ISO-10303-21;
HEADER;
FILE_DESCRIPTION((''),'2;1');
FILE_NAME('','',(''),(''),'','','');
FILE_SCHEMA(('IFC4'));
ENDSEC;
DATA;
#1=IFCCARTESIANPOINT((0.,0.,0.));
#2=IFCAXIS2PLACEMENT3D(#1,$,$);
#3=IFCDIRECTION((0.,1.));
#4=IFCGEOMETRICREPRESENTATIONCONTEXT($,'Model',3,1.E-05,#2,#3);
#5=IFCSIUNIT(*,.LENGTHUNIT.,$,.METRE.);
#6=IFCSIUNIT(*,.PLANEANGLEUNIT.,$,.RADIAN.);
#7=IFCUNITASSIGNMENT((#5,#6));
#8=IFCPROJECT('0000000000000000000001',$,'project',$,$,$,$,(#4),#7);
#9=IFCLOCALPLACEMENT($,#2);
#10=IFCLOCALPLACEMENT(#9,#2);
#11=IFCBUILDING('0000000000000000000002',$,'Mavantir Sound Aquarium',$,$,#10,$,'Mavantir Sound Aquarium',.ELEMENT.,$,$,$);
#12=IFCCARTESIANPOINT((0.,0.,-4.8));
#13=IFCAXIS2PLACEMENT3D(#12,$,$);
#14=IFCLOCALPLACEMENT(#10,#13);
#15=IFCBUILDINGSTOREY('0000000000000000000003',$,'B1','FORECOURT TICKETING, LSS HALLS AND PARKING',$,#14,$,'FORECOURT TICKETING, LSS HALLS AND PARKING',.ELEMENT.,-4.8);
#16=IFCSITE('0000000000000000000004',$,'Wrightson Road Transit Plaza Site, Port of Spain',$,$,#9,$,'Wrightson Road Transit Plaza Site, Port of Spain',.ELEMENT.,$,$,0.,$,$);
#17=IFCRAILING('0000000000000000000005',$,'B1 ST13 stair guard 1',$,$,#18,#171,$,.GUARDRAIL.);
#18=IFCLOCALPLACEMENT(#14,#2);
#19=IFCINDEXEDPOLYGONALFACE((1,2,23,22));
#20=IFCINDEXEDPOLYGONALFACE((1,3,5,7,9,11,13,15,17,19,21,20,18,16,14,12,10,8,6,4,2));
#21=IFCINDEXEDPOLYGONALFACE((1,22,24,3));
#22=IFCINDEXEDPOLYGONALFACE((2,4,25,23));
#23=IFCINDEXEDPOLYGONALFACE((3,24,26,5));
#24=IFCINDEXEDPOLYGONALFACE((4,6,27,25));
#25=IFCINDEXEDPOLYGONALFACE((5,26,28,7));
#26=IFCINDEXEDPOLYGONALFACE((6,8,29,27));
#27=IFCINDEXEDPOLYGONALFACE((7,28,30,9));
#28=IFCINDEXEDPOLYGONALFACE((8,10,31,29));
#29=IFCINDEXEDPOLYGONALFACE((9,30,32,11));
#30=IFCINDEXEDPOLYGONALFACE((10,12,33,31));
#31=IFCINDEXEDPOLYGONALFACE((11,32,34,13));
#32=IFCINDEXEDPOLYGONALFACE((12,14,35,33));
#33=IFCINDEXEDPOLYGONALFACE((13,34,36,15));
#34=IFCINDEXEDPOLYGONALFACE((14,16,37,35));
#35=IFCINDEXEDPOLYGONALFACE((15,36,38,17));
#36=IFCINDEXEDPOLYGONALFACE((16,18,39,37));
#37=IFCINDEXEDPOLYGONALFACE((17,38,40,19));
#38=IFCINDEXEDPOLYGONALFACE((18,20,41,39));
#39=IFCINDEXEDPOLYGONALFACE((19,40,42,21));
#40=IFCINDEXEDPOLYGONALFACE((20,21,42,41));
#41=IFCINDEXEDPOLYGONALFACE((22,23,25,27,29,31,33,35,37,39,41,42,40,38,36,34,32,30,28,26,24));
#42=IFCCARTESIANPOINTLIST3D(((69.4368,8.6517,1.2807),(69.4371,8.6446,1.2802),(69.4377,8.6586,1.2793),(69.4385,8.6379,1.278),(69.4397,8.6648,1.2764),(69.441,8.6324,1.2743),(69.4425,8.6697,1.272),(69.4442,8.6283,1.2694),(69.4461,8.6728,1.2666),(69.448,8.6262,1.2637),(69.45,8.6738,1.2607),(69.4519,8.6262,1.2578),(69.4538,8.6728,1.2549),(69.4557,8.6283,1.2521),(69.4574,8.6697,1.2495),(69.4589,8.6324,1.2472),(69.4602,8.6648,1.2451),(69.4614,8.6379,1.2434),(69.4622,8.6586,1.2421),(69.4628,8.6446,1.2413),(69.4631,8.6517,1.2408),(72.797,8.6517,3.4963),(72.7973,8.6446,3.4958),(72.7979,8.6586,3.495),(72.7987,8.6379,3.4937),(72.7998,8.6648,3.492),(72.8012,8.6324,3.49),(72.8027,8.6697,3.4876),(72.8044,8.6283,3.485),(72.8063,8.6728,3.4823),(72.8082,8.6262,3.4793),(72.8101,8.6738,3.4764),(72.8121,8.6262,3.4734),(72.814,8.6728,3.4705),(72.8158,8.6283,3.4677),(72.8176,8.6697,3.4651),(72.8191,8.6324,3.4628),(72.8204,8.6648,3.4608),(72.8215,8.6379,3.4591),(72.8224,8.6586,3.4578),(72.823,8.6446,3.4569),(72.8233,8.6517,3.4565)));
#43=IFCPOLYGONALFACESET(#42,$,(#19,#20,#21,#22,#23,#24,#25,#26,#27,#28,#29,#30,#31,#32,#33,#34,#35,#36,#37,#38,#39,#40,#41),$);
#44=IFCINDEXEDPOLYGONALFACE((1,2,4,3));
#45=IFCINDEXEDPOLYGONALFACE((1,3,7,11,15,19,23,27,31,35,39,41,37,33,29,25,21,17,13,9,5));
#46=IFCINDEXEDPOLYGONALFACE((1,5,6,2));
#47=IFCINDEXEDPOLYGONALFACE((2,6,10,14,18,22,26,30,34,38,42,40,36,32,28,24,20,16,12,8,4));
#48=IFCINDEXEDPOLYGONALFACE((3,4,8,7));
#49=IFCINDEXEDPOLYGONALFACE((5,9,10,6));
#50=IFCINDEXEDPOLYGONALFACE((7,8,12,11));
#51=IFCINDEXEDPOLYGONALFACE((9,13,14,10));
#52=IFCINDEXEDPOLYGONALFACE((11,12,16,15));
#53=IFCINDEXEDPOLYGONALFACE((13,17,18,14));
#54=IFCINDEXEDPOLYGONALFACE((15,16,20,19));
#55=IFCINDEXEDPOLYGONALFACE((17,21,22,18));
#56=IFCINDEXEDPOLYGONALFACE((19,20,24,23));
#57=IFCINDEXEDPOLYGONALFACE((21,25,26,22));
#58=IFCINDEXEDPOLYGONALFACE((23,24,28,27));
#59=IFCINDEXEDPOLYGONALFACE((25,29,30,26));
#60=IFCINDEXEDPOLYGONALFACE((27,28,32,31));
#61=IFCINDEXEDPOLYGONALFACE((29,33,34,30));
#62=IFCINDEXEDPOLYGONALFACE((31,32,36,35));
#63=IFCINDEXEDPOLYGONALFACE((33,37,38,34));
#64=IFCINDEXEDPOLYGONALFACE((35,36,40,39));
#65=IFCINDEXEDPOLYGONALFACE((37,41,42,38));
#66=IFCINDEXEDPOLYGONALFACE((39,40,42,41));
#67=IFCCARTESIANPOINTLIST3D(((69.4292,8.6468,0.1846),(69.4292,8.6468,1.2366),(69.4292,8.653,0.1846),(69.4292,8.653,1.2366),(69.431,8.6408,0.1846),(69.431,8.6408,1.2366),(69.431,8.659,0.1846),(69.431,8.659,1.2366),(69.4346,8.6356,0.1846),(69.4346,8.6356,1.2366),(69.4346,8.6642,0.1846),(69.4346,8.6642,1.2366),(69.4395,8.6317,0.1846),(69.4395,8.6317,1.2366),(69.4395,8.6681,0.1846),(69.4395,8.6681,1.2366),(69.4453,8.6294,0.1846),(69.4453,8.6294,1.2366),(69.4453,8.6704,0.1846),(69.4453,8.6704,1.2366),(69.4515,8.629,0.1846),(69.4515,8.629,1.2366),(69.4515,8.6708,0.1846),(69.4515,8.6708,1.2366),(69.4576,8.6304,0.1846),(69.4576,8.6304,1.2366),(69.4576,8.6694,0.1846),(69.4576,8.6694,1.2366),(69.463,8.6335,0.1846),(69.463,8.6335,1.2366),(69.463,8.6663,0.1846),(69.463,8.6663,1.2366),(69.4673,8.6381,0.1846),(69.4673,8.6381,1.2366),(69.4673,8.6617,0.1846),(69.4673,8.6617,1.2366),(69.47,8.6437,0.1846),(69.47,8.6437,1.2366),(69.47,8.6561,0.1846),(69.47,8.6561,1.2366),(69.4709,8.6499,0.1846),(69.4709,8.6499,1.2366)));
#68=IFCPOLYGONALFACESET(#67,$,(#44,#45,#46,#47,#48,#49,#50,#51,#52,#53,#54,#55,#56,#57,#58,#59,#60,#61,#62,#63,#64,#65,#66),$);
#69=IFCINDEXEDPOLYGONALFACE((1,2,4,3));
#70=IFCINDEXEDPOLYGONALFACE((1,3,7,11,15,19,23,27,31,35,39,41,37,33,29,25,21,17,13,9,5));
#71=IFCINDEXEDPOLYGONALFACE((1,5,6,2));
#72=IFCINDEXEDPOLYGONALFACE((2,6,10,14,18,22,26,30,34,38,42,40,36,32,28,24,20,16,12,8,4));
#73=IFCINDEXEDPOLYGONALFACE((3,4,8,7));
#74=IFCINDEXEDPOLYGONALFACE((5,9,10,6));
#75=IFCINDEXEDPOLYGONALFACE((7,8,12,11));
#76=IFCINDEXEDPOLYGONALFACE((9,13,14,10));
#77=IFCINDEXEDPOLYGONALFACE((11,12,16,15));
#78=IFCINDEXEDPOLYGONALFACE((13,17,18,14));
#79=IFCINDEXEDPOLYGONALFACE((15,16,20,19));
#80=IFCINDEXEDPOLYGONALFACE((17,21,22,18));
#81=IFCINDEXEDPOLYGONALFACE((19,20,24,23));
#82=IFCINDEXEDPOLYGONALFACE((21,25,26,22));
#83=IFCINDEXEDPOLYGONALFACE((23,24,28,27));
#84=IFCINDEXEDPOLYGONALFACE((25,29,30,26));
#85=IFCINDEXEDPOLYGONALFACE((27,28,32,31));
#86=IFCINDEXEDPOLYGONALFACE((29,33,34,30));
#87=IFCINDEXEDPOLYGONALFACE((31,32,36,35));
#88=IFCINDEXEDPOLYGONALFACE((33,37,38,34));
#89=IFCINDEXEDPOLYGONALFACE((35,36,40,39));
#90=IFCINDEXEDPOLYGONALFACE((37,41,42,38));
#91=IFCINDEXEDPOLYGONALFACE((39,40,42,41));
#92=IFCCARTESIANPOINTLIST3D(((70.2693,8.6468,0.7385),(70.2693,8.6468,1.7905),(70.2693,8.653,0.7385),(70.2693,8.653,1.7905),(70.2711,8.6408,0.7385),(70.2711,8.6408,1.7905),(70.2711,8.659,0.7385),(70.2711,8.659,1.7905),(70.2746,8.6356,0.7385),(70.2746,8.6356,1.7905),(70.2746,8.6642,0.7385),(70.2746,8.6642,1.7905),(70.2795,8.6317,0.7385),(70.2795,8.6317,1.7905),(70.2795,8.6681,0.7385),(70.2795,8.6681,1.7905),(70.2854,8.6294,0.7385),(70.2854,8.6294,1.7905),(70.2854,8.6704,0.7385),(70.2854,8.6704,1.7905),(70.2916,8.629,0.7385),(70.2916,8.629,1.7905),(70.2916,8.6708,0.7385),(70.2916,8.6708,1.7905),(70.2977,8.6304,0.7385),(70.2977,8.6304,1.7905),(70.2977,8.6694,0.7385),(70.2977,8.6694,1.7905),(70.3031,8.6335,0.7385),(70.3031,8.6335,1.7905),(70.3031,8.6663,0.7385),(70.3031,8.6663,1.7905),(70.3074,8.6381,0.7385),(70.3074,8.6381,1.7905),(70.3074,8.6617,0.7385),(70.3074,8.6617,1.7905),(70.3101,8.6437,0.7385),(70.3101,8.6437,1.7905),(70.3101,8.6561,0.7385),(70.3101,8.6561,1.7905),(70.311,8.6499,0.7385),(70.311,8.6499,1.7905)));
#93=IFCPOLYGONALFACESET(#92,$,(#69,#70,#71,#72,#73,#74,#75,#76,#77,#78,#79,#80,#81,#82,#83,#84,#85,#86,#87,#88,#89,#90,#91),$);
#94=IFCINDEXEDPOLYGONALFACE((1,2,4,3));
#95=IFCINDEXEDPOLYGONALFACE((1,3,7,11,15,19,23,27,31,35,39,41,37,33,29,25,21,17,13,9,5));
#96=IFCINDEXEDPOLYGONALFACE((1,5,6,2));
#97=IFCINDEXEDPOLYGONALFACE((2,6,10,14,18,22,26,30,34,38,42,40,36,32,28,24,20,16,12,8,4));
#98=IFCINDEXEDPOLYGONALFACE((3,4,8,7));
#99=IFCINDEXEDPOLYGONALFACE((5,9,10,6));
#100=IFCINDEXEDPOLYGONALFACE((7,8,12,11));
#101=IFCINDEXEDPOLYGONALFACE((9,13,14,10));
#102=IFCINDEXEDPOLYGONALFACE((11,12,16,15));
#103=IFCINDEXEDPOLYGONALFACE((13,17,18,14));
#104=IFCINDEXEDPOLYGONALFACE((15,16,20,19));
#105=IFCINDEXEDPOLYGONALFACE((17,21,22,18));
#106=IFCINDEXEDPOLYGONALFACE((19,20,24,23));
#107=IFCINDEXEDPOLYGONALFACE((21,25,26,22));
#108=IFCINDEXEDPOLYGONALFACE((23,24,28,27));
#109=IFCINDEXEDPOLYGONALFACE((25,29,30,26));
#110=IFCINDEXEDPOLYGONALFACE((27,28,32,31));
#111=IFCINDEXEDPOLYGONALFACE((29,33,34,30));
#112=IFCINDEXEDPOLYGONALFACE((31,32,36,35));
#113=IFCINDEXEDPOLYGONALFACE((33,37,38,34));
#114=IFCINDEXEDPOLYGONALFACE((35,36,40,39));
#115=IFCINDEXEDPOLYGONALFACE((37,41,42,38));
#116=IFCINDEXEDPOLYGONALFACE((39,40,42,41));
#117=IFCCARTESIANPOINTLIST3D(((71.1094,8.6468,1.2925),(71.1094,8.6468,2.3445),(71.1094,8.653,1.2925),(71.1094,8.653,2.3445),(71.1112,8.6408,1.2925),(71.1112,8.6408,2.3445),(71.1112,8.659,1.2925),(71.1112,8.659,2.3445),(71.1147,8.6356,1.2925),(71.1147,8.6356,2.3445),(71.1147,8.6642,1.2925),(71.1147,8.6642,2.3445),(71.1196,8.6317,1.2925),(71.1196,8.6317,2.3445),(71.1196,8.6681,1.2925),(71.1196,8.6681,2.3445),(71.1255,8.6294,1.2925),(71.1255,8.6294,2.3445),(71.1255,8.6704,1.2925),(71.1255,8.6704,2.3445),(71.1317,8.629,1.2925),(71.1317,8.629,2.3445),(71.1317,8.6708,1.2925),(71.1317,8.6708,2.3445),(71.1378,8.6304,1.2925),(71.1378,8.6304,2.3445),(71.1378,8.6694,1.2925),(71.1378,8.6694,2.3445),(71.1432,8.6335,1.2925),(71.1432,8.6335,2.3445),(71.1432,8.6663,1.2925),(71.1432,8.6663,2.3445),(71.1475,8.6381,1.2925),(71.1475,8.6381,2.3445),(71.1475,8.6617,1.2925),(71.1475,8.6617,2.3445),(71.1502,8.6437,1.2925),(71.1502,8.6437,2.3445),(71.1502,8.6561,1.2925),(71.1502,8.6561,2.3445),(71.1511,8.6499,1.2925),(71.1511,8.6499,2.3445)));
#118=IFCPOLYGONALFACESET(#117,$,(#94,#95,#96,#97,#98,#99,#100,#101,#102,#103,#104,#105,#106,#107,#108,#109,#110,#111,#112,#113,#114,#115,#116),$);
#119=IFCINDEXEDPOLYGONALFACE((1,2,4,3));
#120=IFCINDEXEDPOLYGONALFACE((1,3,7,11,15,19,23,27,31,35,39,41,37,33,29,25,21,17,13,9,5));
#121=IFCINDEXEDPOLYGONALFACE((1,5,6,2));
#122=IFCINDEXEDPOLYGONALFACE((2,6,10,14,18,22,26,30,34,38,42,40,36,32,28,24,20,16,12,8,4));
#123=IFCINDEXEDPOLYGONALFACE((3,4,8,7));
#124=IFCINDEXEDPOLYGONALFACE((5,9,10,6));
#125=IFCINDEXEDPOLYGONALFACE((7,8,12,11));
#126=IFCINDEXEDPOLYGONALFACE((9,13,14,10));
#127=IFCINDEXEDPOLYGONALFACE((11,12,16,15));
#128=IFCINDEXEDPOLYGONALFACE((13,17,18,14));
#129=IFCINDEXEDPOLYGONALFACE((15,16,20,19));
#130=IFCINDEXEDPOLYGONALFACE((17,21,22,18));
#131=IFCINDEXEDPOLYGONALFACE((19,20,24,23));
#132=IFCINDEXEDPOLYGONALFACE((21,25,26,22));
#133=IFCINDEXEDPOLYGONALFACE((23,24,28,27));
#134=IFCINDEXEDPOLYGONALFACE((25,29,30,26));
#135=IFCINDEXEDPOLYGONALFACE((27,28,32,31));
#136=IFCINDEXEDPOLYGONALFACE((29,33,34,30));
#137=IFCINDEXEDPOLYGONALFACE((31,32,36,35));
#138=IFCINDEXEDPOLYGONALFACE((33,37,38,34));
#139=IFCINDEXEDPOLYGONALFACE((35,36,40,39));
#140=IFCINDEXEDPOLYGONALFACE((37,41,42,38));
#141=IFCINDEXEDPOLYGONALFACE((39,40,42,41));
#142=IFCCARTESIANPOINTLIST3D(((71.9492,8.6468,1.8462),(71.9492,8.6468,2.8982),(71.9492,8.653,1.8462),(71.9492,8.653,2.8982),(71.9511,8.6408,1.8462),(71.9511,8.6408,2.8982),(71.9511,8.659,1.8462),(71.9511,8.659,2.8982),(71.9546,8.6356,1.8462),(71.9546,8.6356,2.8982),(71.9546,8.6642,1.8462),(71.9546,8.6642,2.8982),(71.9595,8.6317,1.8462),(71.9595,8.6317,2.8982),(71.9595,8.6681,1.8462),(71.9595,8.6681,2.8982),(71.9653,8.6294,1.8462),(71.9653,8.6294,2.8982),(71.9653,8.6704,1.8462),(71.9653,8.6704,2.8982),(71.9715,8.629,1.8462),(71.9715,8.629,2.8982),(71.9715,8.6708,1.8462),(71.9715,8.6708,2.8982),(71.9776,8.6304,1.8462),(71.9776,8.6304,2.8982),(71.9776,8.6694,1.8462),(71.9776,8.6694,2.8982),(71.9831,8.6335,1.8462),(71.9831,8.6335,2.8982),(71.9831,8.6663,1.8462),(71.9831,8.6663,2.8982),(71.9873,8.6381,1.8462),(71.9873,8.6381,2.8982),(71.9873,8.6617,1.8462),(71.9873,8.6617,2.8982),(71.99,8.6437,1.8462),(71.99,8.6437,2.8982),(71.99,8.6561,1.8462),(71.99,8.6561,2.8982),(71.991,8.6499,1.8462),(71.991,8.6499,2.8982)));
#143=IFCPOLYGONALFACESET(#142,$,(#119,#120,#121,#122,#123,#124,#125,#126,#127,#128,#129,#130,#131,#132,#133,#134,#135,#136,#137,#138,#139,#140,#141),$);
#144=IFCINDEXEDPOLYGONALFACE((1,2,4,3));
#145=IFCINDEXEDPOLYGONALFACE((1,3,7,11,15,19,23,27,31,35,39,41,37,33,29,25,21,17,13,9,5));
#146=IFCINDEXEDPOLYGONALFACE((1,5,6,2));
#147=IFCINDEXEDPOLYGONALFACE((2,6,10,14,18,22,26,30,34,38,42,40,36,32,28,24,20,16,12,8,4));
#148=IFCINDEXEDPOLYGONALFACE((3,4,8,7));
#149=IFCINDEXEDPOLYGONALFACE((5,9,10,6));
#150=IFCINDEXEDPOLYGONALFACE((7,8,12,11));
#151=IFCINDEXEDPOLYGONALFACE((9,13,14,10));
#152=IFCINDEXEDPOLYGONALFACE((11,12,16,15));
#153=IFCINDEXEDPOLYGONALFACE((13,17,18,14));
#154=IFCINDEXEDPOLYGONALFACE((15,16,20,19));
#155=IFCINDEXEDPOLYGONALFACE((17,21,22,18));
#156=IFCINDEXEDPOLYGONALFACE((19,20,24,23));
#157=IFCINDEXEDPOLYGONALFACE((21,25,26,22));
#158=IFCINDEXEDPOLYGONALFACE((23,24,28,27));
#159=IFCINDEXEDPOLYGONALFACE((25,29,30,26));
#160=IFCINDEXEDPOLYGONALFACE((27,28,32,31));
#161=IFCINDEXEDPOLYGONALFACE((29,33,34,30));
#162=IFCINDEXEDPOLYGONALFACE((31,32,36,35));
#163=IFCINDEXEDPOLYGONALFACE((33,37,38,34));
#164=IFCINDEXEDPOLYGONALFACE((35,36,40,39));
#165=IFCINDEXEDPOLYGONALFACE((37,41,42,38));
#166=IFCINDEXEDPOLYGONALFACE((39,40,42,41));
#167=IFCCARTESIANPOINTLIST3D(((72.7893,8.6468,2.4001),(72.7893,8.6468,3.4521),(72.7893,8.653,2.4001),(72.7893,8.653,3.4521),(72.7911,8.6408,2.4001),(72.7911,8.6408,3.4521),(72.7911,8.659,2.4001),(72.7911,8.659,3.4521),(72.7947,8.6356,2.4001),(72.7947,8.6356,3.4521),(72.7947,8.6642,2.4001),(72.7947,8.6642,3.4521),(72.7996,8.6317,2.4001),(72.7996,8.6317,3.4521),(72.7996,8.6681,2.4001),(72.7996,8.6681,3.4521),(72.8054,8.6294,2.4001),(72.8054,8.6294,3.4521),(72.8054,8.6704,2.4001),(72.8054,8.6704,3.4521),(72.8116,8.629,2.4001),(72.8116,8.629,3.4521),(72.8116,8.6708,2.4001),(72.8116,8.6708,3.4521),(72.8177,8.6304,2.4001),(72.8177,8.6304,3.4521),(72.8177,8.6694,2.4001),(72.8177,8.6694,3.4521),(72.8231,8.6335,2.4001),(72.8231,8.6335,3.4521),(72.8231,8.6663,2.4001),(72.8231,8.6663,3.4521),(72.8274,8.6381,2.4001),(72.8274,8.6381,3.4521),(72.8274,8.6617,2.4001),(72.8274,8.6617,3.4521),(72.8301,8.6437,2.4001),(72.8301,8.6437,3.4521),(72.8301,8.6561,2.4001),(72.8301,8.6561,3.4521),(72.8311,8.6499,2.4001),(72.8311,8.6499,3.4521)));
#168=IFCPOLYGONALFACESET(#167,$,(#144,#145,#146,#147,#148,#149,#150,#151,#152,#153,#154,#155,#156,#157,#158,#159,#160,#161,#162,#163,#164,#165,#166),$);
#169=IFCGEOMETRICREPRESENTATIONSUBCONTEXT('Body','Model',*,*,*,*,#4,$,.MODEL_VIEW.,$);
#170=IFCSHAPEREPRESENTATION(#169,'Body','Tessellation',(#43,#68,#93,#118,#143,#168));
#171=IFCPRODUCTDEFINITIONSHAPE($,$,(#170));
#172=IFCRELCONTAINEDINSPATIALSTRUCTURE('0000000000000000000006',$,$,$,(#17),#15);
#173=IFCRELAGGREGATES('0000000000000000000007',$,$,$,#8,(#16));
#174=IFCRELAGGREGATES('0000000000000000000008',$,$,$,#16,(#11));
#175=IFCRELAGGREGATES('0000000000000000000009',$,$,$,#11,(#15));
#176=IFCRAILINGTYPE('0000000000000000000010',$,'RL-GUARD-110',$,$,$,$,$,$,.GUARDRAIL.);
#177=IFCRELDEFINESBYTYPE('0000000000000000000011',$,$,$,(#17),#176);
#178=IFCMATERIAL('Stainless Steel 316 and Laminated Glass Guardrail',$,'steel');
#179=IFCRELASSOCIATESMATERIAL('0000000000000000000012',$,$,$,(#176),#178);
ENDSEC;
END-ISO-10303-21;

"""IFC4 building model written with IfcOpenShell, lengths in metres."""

from ifc_helpers import new_model, si_unit, direction, frame, origin, origin_2d, place, context, subcontext, project, spatial, circle, extrude, material, type_object, element, save


model = new_model("IFC4")

# Units and contexts
model_context = context("Model", 3, precision=1e-05, world=origin(), true_north=direction((0.0, 1.0)))
body_context = subcontext(model_context, "Body", "Model", "MODEL_VIEW")
ifc_project = project(units=[si_unit("LENGTHUNIT", "METRE"), si_unit("PLANEANGLEUNIT", "RADIAN")], contexts=[model_context])

# Site, building, storey
site_placement = place(None, origin())
site = spatial("IfcSite", under=ifc_project, at=site_placement, Name="Wrightson Road Transit Plaza Site, Port of Spain", LongName="Wrightson Road Transit Plaza Site, Port of Spain", CompositionType="ELEMENT", RefElevation=0.0)
building_placement = place(site_placement, origin())
building = spatial("IfcBuilding", under=site, at=building_placement, Name="Mavantir Sound Aquarium", LongName="Mavantir Sound Aquarium", CompositionType="ELEMENT")
storey_placement = place(building_placement, frame((0.0, 0.0, -4.8)))
storey = spatial("IfcBuildingStorey", under=building, at=storey_placement, Name="B1", Description="FORECOURT TICKETING, LSS HALLS AND PARKING", LongName="FORECOURT TICKETING, LSS HALLS AND PARKING", CompositionType="ELEMENT", Elevation=-4.8)

# Railing
ifc_material_1 = material(Name="Stainless Steel 316 and Laminated Glass Guardrail", Category="steel")
railing_type_1 = type_object("IfcRailingType", Name="RL-GUARD-110", PredefinedType="GUARDRAIL", material=ifc_material_1)
railing_1_placement = place(storey_placement, frame((69.45, 8.6499, 0.1846)))
element("IfcRailing", 1, at=railing_1_placement, inside=storey, type_object=railing_type_1, Name="B1 ST13 stair guard 1", PredefinedType="GUARDRAIL", context=body_context, shape_type="SweptSolid", body=[
    extrude(circle(Radius=0.0239, at=origin_2d()), frame((0.0, 0.0, 1.0762), z_axis=(0.834849, 0.0, 0.55048), x_axis=(0.0, 1.0, 0.0)), (0.0, 0.0, 1.0), 4.0249),
    extrude(circle(Radius=0.021, at=origin_2d()), origin(), (0.0, 0.0, 1.0), 1.052),
    extrude(circle(Radius=0.021, at=origin_2d()), frame((0.8401, 0.0, 0.554)), (0.0, 0.0, 1.0), 1.052),
    extrude(circle(Radius=0.021, at=origin_2d()), frame((1.6802, 0.0, 1.1079)), (0.0, 0.0, 1.0), 1.052),
    extrude(circle(Radius=0.021, at=origin_2d()), frame((2.52, 0.0, 1.6616)), (0.0, 0.0, 1.0), 1.052),
    extrude(circle(Radius=0.021, at=origin_2d()), frame((3.3601, 0.0, 2.2156)), (0.0, 0.0, 1.0), 1.052),
])

save(model, "model.ifc")
